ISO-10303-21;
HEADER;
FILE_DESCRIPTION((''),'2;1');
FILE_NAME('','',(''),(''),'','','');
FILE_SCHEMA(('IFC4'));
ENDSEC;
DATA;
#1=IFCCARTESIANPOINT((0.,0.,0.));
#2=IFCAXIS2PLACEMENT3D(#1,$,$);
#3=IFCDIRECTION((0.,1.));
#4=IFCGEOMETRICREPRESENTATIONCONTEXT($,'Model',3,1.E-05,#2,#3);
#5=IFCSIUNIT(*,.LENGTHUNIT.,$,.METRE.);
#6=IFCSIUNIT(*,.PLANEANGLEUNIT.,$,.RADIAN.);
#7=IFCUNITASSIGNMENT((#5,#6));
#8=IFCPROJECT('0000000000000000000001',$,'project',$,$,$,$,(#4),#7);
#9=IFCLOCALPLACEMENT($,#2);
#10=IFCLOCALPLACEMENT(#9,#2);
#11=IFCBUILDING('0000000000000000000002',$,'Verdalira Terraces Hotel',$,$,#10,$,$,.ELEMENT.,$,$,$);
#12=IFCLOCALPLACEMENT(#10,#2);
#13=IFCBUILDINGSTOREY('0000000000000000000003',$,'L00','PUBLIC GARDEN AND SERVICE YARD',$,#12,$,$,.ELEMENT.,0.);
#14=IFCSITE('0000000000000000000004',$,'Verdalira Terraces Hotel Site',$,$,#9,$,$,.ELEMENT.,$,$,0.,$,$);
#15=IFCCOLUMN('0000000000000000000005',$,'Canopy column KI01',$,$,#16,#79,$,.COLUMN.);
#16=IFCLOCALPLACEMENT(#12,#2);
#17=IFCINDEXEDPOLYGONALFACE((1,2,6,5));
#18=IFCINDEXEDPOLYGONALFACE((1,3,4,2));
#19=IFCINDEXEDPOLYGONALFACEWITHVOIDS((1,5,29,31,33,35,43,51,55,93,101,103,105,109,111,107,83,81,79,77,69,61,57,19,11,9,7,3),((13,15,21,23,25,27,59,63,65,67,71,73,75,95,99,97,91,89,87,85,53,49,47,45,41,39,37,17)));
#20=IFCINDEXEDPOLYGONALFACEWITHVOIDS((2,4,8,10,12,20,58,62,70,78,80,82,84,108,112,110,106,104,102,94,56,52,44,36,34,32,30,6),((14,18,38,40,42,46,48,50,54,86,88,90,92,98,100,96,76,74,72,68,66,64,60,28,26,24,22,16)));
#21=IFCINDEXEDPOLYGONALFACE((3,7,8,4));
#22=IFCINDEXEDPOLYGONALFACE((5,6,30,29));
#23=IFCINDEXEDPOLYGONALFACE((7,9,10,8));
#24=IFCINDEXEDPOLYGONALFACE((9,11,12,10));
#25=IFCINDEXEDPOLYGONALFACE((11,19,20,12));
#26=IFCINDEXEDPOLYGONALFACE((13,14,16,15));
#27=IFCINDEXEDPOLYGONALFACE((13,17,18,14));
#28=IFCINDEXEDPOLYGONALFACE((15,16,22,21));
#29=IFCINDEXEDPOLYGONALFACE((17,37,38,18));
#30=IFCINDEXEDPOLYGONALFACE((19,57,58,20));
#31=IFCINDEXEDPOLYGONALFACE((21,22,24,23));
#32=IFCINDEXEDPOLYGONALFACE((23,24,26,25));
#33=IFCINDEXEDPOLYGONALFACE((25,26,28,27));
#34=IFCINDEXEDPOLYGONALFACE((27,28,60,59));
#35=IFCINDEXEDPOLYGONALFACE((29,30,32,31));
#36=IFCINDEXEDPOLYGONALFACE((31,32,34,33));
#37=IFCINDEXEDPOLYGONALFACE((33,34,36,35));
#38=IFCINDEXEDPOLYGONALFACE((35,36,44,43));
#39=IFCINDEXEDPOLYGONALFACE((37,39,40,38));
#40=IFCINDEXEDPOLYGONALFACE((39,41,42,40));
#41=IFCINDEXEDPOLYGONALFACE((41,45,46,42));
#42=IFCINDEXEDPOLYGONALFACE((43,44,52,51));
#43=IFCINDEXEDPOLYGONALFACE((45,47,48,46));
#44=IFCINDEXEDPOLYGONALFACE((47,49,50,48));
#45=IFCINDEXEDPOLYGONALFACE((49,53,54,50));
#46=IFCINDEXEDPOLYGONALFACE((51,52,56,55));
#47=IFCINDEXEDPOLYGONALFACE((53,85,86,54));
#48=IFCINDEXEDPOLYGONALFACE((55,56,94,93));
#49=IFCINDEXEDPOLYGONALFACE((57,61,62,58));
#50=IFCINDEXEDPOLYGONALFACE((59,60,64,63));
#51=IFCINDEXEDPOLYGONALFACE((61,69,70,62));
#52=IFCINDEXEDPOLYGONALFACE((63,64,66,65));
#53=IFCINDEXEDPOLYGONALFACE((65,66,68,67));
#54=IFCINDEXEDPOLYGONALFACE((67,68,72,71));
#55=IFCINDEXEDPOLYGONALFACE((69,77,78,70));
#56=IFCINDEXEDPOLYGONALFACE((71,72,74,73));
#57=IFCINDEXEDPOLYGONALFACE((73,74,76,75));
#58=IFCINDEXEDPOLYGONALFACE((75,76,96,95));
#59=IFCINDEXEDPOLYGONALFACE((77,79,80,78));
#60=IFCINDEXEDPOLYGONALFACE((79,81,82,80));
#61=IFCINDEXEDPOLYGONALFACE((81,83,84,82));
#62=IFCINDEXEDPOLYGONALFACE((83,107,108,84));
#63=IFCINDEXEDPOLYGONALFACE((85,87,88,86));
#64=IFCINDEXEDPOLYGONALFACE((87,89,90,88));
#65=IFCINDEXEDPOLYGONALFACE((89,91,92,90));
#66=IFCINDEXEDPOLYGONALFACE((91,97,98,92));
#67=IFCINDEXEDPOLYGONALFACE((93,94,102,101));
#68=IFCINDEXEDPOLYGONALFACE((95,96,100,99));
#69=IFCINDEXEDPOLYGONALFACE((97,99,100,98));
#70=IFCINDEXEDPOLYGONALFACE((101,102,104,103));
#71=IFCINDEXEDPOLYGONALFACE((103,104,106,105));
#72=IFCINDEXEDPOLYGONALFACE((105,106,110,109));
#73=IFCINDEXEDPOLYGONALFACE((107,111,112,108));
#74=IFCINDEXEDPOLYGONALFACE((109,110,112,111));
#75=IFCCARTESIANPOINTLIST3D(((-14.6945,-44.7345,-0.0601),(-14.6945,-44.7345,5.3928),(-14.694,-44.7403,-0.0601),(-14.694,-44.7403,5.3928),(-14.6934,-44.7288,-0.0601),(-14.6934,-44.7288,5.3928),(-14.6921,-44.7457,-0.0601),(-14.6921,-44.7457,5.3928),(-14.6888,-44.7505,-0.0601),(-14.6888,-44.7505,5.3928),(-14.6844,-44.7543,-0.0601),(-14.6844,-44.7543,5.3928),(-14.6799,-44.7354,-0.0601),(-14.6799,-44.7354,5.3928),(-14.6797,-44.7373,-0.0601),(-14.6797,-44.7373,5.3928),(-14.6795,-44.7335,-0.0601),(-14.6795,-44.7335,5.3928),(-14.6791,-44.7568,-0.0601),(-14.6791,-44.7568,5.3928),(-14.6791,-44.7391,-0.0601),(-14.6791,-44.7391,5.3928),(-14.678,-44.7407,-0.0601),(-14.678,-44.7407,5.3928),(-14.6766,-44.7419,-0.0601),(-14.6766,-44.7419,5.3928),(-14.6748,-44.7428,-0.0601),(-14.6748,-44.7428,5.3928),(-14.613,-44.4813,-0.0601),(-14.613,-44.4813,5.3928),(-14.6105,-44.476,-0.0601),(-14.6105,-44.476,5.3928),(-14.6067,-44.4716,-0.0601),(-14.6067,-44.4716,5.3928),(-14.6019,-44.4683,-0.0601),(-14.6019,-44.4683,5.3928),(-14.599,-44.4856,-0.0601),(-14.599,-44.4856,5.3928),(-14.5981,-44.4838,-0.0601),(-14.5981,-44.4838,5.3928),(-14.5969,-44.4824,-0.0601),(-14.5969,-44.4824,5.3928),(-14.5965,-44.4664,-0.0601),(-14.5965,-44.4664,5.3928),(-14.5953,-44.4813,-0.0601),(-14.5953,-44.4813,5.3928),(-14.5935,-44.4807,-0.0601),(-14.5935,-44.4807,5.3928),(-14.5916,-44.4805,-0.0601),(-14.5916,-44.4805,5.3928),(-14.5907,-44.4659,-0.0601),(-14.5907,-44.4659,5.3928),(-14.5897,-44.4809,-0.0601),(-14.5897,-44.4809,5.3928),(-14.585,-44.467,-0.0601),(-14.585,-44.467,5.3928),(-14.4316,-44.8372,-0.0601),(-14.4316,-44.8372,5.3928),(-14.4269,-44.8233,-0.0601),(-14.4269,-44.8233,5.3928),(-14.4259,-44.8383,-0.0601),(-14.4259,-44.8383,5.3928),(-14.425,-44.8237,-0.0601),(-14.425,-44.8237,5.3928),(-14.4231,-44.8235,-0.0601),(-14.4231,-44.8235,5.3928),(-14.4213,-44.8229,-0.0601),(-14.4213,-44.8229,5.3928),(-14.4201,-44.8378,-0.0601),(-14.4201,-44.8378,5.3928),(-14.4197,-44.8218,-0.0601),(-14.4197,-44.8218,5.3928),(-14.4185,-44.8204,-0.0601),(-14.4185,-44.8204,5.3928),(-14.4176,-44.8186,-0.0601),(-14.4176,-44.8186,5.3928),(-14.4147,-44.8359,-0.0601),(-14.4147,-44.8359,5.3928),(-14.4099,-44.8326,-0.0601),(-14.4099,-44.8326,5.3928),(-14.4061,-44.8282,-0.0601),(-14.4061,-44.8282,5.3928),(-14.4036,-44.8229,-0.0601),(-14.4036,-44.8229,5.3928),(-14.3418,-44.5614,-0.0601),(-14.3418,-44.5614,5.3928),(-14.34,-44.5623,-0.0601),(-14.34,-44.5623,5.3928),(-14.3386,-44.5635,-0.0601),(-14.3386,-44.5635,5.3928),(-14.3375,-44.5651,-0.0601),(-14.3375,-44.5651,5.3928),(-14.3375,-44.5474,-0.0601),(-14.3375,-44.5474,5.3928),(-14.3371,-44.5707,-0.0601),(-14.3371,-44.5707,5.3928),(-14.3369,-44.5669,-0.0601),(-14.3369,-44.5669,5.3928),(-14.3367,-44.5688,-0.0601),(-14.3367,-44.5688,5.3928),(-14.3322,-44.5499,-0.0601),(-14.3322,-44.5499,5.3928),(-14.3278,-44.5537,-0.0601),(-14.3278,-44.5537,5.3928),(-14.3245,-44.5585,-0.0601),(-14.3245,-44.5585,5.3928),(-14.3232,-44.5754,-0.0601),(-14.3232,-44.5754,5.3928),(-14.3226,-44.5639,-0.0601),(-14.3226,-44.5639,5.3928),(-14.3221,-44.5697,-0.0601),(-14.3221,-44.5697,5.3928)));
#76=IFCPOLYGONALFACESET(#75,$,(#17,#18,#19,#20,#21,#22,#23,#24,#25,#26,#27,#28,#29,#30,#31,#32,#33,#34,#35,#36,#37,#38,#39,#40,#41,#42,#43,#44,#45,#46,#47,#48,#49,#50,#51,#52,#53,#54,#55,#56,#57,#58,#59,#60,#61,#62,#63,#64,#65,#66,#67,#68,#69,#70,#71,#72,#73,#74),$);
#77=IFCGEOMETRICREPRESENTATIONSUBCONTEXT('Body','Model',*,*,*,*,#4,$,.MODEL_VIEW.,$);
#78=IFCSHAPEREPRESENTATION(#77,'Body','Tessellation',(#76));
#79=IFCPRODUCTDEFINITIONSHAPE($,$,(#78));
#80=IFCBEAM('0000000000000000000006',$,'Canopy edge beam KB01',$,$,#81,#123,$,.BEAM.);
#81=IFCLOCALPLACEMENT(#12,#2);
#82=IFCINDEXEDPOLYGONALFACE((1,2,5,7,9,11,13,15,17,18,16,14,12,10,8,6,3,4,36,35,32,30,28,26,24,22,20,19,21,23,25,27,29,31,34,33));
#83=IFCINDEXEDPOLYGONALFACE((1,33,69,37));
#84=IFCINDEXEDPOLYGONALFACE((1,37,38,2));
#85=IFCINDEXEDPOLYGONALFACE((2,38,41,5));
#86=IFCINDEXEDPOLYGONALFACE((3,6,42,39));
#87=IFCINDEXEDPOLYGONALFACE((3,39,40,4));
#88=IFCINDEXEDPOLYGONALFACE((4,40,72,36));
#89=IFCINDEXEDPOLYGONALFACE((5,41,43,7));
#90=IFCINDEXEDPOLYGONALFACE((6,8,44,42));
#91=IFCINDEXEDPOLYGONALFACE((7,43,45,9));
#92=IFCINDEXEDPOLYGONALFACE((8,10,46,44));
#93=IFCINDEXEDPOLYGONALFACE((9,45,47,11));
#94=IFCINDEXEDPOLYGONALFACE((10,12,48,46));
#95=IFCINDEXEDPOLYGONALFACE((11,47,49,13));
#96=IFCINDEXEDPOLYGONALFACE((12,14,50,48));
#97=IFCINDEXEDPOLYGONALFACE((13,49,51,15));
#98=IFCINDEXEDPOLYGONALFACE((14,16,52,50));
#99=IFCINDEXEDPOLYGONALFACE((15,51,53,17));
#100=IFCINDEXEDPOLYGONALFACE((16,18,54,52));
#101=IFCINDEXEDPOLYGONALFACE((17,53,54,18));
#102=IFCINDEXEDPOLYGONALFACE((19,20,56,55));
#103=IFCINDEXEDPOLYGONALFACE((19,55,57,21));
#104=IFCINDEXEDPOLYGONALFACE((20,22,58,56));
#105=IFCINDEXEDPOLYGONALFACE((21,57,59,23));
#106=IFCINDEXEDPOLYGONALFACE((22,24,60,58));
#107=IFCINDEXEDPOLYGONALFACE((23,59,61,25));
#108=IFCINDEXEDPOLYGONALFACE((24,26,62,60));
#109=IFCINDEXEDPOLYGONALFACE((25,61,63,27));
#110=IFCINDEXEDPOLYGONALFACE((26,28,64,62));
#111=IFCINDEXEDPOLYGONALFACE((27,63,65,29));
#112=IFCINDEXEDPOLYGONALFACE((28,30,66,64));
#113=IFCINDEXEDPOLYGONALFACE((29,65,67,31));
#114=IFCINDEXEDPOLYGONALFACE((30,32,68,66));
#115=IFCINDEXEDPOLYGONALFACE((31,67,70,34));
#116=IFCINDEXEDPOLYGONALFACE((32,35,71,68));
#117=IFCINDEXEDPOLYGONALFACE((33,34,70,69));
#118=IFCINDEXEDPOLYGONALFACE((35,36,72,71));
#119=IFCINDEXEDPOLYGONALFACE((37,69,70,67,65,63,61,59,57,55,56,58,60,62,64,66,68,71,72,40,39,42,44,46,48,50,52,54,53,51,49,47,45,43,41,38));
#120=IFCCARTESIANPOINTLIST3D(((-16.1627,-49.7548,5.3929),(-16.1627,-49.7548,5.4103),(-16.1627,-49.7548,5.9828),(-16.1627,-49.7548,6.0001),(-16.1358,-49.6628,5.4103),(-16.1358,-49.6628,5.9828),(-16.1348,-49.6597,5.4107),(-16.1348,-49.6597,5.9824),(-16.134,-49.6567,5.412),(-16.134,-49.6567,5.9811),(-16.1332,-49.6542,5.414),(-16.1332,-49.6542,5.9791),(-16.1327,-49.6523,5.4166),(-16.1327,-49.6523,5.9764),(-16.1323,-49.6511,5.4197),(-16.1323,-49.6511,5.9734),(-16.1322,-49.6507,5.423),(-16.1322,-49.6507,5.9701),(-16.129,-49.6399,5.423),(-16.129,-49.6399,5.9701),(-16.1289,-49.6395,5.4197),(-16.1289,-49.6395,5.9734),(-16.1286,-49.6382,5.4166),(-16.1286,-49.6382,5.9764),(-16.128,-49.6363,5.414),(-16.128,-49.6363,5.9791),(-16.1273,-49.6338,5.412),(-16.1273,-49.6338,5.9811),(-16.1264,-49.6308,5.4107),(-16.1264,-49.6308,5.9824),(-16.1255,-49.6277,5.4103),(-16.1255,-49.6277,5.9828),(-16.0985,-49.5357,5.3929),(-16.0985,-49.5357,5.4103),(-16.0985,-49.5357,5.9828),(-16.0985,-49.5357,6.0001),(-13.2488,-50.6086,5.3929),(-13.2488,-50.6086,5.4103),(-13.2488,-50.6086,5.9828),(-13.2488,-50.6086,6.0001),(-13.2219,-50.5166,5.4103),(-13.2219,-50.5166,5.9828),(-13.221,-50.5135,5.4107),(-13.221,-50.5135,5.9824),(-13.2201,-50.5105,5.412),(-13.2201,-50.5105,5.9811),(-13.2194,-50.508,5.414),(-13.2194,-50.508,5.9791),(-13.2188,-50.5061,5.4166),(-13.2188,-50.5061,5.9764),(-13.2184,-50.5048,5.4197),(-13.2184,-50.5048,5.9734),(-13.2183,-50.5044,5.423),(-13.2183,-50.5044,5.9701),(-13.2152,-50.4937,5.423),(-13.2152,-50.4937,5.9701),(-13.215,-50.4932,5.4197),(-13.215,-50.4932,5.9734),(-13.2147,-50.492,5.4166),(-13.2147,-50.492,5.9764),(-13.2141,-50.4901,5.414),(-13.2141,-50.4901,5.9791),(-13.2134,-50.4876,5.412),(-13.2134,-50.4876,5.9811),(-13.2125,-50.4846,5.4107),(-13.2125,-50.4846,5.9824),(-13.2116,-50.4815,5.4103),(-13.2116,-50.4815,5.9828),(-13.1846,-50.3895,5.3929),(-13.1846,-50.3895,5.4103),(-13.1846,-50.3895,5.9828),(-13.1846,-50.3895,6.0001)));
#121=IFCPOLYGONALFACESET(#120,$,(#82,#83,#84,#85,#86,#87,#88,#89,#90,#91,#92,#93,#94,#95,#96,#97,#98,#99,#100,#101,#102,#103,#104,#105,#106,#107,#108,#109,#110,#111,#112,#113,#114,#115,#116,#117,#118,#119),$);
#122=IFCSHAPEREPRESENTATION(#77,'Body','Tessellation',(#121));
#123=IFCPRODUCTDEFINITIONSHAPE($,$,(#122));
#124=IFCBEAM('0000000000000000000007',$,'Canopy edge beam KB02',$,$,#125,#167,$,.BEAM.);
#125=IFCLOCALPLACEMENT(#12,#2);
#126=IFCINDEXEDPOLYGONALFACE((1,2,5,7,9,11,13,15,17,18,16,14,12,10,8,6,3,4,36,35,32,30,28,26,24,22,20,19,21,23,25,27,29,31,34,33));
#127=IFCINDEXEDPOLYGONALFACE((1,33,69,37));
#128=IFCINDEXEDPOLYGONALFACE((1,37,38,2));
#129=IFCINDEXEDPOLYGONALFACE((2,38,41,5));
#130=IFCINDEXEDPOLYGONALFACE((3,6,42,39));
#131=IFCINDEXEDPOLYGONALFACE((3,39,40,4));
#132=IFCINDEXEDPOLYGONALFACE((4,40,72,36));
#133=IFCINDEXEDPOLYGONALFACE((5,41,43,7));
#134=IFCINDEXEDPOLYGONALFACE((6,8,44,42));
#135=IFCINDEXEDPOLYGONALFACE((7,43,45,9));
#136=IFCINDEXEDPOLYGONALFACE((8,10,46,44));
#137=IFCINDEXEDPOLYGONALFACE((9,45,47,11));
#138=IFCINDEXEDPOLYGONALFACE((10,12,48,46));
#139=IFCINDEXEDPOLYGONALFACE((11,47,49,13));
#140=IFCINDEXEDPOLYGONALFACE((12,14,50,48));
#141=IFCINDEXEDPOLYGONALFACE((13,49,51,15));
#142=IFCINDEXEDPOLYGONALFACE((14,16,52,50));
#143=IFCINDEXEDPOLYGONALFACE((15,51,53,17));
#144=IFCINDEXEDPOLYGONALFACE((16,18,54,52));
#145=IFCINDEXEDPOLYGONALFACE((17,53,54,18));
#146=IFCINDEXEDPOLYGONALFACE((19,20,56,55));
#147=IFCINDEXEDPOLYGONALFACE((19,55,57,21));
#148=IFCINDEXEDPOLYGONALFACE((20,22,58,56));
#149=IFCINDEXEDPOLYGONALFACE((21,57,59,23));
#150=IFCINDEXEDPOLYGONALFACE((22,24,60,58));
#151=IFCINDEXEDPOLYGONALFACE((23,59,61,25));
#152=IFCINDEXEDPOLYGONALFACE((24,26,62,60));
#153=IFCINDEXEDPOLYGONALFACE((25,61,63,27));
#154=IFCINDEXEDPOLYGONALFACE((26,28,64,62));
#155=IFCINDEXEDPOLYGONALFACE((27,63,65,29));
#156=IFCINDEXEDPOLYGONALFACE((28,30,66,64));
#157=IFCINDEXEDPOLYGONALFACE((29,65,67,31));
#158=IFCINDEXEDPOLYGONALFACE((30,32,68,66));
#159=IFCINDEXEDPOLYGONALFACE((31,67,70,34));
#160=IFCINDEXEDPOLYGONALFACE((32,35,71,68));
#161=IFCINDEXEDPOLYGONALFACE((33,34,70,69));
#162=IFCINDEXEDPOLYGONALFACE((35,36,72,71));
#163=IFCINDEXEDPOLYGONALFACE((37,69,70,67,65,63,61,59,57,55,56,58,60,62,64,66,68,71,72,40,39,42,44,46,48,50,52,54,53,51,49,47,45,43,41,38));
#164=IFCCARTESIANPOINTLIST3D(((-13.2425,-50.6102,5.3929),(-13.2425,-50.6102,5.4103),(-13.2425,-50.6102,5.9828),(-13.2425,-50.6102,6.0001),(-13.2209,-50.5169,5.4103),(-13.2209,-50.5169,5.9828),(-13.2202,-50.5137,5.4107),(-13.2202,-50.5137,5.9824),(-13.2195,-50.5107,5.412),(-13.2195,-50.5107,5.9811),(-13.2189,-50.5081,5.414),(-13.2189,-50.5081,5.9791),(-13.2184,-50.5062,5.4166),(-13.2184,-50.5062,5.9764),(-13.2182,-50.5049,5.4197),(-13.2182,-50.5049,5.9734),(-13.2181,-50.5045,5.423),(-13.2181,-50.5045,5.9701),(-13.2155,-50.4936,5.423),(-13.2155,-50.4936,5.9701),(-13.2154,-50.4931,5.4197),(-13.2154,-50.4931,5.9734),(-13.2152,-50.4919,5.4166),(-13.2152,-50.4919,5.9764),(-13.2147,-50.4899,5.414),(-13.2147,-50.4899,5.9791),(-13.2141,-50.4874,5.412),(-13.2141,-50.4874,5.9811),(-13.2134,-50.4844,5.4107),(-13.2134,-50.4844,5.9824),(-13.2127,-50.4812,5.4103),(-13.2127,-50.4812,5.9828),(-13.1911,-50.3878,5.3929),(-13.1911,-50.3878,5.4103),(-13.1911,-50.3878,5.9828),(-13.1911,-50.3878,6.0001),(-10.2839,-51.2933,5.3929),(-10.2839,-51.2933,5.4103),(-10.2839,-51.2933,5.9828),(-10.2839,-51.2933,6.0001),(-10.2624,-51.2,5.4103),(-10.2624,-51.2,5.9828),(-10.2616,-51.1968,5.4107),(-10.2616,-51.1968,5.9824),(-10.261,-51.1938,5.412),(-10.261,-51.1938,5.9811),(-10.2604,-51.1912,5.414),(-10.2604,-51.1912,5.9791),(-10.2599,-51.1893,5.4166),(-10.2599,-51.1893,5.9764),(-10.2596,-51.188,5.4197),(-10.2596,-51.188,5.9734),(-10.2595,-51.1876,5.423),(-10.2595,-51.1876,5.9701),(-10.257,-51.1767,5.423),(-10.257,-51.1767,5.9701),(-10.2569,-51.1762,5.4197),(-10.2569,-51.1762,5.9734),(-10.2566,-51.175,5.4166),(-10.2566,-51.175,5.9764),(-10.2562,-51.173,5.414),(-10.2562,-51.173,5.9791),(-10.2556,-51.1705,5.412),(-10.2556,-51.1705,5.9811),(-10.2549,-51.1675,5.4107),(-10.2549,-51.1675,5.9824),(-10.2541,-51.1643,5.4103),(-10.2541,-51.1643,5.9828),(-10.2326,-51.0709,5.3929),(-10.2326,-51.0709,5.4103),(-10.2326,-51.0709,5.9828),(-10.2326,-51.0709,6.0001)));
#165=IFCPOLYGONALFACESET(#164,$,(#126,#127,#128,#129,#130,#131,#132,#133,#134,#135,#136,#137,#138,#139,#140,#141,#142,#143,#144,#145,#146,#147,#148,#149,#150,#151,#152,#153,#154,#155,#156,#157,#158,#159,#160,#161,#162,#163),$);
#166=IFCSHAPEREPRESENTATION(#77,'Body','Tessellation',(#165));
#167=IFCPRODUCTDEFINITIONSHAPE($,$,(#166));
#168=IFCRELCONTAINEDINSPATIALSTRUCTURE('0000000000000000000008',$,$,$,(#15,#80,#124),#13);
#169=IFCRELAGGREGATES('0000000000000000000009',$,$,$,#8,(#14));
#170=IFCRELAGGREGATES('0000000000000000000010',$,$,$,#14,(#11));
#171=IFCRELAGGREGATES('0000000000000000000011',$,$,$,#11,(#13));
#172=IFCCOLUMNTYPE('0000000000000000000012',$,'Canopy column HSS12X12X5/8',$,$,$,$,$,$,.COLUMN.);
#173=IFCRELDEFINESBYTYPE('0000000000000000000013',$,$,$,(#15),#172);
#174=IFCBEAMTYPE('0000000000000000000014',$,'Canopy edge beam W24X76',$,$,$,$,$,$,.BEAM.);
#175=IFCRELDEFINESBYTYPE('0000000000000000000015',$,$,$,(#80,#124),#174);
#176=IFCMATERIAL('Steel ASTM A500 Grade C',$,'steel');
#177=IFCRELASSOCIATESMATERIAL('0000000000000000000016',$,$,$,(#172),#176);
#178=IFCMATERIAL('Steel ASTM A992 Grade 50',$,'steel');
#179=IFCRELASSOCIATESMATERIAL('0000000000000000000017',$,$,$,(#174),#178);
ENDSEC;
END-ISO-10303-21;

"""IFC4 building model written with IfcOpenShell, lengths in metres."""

from ifc_helpers import new_model, si_unit, direction, frame, origin, origin_2d, place, context, subcontext, project, spatial, hollow_rectangle, i_section, extrude, material, material_profile, profile_set, type_object, element, save


model = new_model("IFC4")

# Units and contexts
model_context = context("Model", 3, precision=1e-05, world=origin(), true_north=direction((0.0, 1.0)))
body_context = subcontext(model_context, "Body", "Model", "MODEL_VIEW")
ifc_project = project(units=[si_unit("LENGTHUNIT", "METRE"), si_unit("PLANEANGLEUNIT", "RADIAN")], contexts=[model_context])

# Site, building, storey
site_placement = place(None, origin())
site = spatial("IfcSite", under=ifc_project, at=site_placement, Name="Verdalira Terraces Hotel Site", CompositionType="ELEMENT", RefElevation=0.0)
building_placement = place(site_placement, origin())
building = spatial("IfcBuilding", under=site, at=building_placement, Name="Verdalira Terraces Hotel", CompositionType="ELEMENT")
storey_placement = place(building_placement, origin())
storey = spatial("IfcBuildingStorey", under=building, at=storey_placement, Name="L00", Description="PUBLIC GARDEN AND SERVICE YARD", CompositionType="ELEMENT", Elevation=0.0)

# Column
ifc_material_1 = material(Name="Steel ASTM A500 Grade C", Category="steel")
ifc_material_profile_1 = material_profile(ifc_material_1, hollow_rectangle(XDim=0.3047, YDim=0.3047, WallThickness=0.0146, InnerFilletRadius=0.0073, OuterFilletRadius=0.0222, at=origin_2d()), Name="HSS12X12X5/8")
ifc_profile_set_1 = profile_set([ifc_material_profile_1], Name="Steel ASTM A500 Grade C")
column_type = type_object("IfcColumnType", Name="Canopy column HSS12X12X5/8", PredefinedType="COLUMN", material=ifc_profile_set_1)
for number, where, z_axis, x_axis, name in (
    (1, (-14.5083, -44.6521, -0.0601), (0.0, 0.0, 1.0), (-0.309017, -0.951057, 0.0), "Canopy column KI01"),
):
    element("IfcColumn", number, at=place(storey_placement, frame(where, z_axis=z_axis, x_axis=x_axis)), inside=storey, type_object=column_type, Name=name, PredefinedType="COLUMN", context=body_context, shape_type="SweptSolid", body=[
        extrude(hollow_rectangle(XDim=0.3047, YDim=0.3047, WallThickness=0.0146, InnerFilletRadius=0.0073, OuterFilletRadius=0.0222, at=origin_2d()), origin(), (0.0, 0.0, 1.0), 5.4529),
    ])

# Beams
ifc_material_2 = material(Name="Steel ASTM A992 Grade 50", Category="steel")
ifc_material_profile_2 = material_profile(ifc_material_2, i_section(OverallWidth=0.2283, OverallDepth=0.6072, WebThickness=0.0112, FlangeThickness=0.0173, FilletRadius=0.0127, at=origin_2d()), Name="W24X76")
ifc_profile_set_2 = profile_set([ifc_material_profile_2], Name="Steel ASTM A992 Grade 50")
beam_type_1 = type_object("IfcBeamType", Name="Canopy edge beam W24X76", PredefinedType="BEAM", material=ifc_profile_set_2)
for number, where, z_axis, x_axis, name in (
    (2, (-16.1306, -49.6453, 5.6965), (0.959654, -0.281182, 0.0), (0.281182, 0.959654, 0.0), "Canopy edge beam KB01"),
    (3, (-13.2168, -50.499, 5.6965), (0.974364, -0.224977, 0.0), (0.224977, 0.974364, 0.0), "Canopy edge beam KB02"),
):
    element("IfcBeam", number, at=place(storey_placement, frame(where, z_axis=z_axis, x_axis=x_axis)), inside=storey, type_object=beam_type_1, Name=name, PredefinedType="BEAM", context=body_context, shape_type="SweptSolid", body=[
        extrude(i_section(OverallWidth=0.2283, OverallDepth=0.6072, WebThickness=0.0112, FlangeThickness=0.0173, FilletRadius=0.0127, at=origin_2d()), origin(), (0.0, 0.0, 1.0), 3.0364),
    ])

save(model, "model.ifc")
